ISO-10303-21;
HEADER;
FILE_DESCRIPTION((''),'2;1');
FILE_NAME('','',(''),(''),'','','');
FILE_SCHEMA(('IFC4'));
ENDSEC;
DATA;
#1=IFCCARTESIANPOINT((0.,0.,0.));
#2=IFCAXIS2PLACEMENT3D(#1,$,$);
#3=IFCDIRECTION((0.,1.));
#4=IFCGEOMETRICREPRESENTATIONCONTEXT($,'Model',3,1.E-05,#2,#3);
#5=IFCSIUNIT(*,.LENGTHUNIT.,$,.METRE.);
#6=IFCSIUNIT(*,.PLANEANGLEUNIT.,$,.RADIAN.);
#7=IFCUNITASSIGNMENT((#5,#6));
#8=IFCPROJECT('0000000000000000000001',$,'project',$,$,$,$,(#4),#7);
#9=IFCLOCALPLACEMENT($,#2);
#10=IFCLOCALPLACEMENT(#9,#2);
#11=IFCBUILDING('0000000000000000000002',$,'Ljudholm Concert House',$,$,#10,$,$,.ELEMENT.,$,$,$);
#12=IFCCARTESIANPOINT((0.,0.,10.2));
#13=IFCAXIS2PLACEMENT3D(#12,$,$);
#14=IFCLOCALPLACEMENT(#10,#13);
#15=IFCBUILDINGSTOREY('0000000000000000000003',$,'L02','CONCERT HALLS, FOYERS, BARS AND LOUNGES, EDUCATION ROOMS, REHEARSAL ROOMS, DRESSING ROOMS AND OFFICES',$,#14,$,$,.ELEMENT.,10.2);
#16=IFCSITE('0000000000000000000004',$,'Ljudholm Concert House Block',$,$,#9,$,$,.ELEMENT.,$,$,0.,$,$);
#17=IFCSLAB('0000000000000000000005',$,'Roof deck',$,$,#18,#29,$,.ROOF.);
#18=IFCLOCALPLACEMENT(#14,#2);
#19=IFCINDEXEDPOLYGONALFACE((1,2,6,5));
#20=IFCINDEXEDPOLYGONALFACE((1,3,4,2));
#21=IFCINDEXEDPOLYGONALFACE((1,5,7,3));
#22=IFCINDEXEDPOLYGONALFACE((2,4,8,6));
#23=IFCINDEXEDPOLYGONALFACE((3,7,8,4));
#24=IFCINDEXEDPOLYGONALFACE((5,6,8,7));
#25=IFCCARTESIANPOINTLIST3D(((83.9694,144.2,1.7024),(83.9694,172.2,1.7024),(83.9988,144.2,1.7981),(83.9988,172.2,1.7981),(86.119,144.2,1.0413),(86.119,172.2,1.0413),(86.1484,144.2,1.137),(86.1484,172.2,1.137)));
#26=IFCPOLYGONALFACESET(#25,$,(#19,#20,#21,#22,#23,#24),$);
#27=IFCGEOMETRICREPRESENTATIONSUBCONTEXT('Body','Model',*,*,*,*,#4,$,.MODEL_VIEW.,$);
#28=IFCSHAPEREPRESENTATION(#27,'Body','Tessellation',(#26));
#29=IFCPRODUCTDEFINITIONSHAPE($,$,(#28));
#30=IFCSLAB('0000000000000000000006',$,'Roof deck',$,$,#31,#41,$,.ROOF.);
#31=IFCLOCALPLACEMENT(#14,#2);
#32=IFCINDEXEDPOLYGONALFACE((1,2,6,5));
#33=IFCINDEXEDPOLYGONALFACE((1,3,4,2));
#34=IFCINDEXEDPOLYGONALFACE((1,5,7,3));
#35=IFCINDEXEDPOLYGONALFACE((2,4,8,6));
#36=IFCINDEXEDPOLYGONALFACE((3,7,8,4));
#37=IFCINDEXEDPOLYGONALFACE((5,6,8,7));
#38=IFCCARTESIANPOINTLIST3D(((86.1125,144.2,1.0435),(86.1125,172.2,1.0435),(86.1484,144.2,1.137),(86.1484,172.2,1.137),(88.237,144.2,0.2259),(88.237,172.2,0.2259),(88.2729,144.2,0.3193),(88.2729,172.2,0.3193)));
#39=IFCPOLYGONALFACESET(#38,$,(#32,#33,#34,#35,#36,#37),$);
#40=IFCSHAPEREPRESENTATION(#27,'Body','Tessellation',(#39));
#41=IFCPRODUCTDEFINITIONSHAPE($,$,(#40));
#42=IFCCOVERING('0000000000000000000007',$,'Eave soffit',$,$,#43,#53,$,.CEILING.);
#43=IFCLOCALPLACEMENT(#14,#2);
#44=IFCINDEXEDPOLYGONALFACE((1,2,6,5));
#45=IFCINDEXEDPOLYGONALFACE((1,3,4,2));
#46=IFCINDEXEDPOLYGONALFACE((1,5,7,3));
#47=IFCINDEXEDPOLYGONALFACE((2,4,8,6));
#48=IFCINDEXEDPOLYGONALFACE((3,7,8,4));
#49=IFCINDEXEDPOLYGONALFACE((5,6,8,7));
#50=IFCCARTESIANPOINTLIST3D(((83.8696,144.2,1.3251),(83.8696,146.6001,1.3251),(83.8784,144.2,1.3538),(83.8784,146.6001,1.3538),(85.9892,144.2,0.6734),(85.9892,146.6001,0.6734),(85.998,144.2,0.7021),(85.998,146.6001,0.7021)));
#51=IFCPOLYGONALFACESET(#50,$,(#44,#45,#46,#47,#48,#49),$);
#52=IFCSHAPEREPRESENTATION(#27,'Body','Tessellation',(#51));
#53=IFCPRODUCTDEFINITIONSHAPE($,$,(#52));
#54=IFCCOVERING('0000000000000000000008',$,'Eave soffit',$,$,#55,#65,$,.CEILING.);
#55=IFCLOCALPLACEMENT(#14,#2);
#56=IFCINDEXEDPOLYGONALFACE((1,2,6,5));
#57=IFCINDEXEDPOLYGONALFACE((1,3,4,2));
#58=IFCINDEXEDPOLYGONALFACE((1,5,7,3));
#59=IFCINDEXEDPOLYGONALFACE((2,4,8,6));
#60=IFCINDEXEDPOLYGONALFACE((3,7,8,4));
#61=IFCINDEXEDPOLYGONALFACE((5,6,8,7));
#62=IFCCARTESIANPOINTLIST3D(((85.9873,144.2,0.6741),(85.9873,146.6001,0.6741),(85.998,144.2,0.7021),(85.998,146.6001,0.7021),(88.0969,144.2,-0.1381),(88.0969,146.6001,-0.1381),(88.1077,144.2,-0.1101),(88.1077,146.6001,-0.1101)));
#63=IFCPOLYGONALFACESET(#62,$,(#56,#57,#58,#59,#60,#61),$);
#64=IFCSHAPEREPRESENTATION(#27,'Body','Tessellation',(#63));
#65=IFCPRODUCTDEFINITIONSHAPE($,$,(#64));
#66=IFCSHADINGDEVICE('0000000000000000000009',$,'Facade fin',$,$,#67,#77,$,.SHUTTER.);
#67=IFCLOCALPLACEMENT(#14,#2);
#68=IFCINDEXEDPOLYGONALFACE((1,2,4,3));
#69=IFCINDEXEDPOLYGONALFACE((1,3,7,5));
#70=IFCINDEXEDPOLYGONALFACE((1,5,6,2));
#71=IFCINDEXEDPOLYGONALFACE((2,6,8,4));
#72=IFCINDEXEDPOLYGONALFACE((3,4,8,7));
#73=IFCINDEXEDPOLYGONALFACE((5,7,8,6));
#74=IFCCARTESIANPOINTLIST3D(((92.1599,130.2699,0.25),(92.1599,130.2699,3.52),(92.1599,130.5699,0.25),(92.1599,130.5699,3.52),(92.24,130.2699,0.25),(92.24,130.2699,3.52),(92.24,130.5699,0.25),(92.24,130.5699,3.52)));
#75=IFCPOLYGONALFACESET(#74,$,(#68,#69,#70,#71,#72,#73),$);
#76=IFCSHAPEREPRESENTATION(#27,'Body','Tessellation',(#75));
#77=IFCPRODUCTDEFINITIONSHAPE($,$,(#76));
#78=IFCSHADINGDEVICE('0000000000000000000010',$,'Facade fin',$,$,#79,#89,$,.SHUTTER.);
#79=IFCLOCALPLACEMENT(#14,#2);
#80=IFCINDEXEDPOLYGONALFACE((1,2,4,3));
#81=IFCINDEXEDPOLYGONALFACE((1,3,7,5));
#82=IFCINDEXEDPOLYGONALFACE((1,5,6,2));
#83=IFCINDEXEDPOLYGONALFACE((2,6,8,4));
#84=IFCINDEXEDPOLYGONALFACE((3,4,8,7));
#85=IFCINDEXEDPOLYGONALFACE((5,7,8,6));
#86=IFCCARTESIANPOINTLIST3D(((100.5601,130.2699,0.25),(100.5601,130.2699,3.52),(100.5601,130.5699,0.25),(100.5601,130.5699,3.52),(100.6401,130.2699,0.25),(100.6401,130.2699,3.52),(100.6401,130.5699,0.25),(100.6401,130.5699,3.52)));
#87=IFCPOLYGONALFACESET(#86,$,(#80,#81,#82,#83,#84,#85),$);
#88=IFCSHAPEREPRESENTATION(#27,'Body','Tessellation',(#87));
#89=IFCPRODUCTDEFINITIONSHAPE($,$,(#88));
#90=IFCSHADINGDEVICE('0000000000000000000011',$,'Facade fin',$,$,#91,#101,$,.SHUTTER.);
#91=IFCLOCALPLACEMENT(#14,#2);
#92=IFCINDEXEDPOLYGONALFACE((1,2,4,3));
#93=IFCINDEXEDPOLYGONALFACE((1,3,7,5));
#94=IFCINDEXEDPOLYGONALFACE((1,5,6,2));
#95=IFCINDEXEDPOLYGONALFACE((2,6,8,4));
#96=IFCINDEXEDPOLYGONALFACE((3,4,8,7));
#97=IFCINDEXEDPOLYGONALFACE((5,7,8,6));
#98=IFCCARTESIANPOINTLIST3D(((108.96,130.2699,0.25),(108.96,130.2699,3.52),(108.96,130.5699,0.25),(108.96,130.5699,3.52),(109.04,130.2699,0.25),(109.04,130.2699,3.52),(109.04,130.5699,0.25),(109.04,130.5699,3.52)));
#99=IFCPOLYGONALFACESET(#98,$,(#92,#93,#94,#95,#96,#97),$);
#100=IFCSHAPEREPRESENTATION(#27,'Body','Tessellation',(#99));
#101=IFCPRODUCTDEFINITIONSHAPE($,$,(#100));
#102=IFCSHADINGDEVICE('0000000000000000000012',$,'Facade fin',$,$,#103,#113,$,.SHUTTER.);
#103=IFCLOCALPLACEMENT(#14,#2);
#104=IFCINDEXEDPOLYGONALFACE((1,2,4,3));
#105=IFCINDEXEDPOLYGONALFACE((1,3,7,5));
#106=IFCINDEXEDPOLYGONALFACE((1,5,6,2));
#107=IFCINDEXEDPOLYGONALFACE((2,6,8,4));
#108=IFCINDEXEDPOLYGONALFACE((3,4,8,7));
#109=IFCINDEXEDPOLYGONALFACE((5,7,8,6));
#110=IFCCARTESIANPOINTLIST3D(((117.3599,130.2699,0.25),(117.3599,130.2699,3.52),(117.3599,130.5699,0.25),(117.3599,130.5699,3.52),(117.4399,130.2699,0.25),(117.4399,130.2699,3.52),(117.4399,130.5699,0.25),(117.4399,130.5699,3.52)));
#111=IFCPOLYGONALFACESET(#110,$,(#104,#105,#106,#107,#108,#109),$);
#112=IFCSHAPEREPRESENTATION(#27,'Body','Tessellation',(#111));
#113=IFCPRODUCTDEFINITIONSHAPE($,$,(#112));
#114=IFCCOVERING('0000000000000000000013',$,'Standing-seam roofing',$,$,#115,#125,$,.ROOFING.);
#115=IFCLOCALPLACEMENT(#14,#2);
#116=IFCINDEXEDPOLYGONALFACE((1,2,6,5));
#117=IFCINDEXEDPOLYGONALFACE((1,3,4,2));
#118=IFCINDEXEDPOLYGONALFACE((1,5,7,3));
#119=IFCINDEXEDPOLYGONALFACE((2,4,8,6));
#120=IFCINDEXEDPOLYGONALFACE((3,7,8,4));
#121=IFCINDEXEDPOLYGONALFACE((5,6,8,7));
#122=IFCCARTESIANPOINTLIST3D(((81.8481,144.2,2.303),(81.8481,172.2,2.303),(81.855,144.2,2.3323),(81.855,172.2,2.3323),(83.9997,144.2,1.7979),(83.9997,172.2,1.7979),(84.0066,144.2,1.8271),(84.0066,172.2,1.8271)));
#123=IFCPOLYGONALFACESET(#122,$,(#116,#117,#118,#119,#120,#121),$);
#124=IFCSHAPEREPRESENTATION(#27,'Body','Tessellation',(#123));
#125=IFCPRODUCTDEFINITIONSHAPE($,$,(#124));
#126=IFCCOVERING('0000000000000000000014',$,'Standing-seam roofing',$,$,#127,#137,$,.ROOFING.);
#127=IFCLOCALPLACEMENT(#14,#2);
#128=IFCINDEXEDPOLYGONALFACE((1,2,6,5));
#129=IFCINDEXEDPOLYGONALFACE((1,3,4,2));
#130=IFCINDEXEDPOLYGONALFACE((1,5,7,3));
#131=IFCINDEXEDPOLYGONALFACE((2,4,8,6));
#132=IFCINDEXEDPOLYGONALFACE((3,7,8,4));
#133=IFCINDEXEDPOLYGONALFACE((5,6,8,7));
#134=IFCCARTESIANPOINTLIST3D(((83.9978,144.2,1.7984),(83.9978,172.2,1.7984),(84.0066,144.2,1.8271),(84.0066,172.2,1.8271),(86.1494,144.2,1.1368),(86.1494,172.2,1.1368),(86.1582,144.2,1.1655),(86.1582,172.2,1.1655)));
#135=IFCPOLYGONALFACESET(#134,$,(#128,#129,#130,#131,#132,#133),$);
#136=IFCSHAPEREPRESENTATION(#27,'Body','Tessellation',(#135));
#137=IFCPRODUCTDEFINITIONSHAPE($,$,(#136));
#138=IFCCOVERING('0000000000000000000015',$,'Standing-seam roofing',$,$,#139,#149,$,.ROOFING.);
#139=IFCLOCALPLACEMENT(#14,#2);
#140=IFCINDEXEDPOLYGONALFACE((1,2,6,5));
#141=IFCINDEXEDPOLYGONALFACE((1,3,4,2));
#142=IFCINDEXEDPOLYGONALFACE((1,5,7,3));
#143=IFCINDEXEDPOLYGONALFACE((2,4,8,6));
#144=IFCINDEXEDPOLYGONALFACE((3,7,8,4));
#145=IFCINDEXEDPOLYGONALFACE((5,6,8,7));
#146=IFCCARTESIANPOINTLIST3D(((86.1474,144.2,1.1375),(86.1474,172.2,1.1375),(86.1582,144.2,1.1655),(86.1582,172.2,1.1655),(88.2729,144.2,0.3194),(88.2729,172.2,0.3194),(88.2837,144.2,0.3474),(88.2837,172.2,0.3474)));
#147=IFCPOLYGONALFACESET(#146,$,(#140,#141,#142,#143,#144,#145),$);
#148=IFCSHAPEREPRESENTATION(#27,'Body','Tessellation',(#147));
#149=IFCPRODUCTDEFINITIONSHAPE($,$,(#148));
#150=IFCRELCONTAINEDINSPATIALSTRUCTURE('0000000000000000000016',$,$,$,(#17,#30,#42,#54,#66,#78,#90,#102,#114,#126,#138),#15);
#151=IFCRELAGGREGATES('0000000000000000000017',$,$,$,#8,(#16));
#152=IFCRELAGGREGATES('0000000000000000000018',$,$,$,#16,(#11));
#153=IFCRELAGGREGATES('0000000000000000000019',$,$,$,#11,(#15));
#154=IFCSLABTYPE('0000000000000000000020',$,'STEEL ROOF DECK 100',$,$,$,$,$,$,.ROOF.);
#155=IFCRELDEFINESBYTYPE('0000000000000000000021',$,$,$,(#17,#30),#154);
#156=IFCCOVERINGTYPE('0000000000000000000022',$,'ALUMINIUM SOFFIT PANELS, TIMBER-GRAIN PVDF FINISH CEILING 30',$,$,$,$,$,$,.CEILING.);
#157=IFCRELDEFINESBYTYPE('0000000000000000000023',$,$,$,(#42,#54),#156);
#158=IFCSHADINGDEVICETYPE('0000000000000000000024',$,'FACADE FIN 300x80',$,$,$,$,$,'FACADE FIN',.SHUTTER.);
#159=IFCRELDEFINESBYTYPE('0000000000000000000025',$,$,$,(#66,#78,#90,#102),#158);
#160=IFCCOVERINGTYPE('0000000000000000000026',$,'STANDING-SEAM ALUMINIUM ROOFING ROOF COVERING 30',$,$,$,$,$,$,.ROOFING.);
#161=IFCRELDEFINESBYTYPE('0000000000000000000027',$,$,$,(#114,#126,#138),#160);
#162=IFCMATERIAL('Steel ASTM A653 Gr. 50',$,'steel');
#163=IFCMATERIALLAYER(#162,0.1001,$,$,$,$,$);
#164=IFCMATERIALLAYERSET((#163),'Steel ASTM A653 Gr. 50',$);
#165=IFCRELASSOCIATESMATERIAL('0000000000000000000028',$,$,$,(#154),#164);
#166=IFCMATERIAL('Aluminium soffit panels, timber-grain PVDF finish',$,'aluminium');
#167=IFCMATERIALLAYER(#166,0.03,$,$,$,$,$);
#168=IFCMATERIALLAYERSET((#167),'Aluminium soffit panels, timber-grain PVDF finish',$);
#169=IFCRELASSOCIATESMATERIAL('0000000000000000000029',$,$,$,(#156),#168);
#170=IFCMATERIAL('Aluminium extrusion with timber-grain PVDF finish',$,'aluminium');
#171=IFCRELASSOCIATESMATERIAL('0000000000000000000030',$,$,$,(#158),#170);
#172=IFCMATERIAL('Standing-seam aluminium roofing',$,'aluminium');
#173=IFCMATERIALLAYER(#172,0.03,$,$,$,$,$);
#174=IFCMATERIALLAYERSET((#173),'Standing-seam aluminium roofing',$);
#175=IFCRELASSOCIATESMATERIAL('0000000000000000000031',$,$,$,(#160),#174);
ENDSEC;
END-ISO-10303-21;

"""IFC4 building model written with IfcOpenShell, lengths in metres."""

from ifc_helpers import new_model, si_unit, direction, frame, origin, origin_2d, place, context, subcontext, project, spatial, polyline, rectangle, outline, extrude, material, layer, layer_set, type_object, element, save


model = new_model("IFC4")

# Units and contexts
model_context = context("Model", 3, precision=1e-05, world=origin(), true_north=direction((0.0, 1.0)))
body_context = subcontext(model_context, "Body", "Model", "MODEL_VIEW")
ifc_project = project(units=[si_unit("LENGTHUNIT", "METRE"), si_unit("PLANEANGLEUNIT", "RADIAN")], contexts=[model_context])

# Site, building, storey
site_placement = place(None, origin())
site = spatial("IfcSite", under=ifc_project, at=site_placement, Name="Ljudholm Concert House Block", CompositionType="ELEMENT", RefElevation=0.0)
building_placement = place(site_placement, origin())
building = spatial("IfcBuilding", under=site, at=building_placement, Name="Ljudholm Concert House", CompositionType="ELEMENT")
storey_placement = place(building_placement, frame((0.0, 0.0, 10.2)))
storey = spatial("IfcBuildingStorey", under=building, at=storey_placement, Name="L02", Description="CONCERT HALLS, FOYERS, BARS AND LOUNGES, EDUCATION ROOMS, REHEARSAL ROOMS, DRESSING ROOMS AND OFFICES", CompositionType="ELEMENT", Elevation=10.2)

# Slabs
ifc_material_1 = material(Name="Steel ASTM A653 Gr. 50", Category="steel")
ifc_layer_1 = layer(ifc_material_1, 0.1001)
ifc_layer_set_1 = layer_set([ifc_layer_1], Name="Steel ASTM A653 Gr. 50")
slab_type = type_object("IfcSlabType", Name="STEEL ROOF DECK 100", PredefinedType="ROOF", material=ifc_layer_set_1)
slab_1_placement = place(storey_placement, frame((83.9988, 144.2, 1.7981), z_axis=(0.293964, 0.0, 0.955817), x_axis=(0.955817, 0.0, -0.293964)))
element("IfcSlab", 1, at=slab_1_placement, inside=storey, type_object=slab_type, Name="Roof deck", PredefinedType="ROOF", context=body_context, shape_type="SweptSolid", body=[
    extrude(outline(polyline([(0.0, 0.0), (2.249, 0.0), (2.249, 28.0), (0.0, 28.0), (0.0, 0.0)])), origin(), (0.0, 0.0, -1.0), 0.1001),
])
slab_2_placement = place(storey_placement, frame((86.1484, 144.2, 1.137), z_axis=(0.359173, 0.0, 0.933271), x_axis=(0.933271, 0.0, -0.359173)))
element("IfcSlab", 2, at=slab_2_placement, inside=storey, type_object=slab_type, Name="Roof deck", PredefinedType="ROOF", context=body_context, shape_type="SweptSolid", body=[
    extrude(outline(polyline([(0.0, 0.0), (2.2764, 0.0), (2.2764, 28.0), (0.0, 28.0), (0.0, 0.0)])), origin(), (0.0, 0.0, -1.0), 0.1001),
])

# Coverings
ifc_material_2 = material(Name="Aluminium soffit panels, timber-grain PVDF finish", Category="aluminium")
ifc_layer_2 = layer(ifc_material_2, 0.03)
ifc_layer_set_2 = layer_set([ifc_layer_2], Name="Aluminium soffit panels, timber-grain PVDF finish")
covering_type_1 = type_object("IfcCoveringType", Name="ALUMINIUM SOFFIT PANELS, TIMBER-GRAIN PVDF FINISH CEILING 30", PredefinedType="CEILING", material=ifc_layer_set_2)
covering_1_placement = place(storey_placement, frame((83.8784, 144.2, 1.3538), z_axis=(0.293846, 0.0, 0.955853), x_axis=(0.955853, 0.0, -0.293846)))
element("IfcCovering", 3, at=covering_1_placement, inside=storey, type_object=covering_type_1, Name="Eave soffit", PredefinedType="CEILING", context=body_context, shape_type="SweptSolid", body=[
    extrude(outline(polyline([(0.0, 0.0), (2.2175, 0.0), (2.2175, 2.4001), (0.0, 2.4001), (0.0, 0.0)])), origin(), (0.0, 0.0, -1.0), 0.03),
])
covering_2_placement = place(storey_placement, frame((85.998, 144.2, 0.7021), z_axis=(0.359312, 0.0, 0.933218), x_axis=(0.933218, 0.0, -0.359312)))
element("IfcCovering", 4, at=covering_2_placement, inside=storey, type_object=covering_type_1, Name="Eave soffit", PredefinedType="CEILING", context=body_context, shape_type="SweptSolid", body=[
    extrude(outline(polyline([(0.0, 0.0), (2.2606, 0.0), (2.2606, 2.4001), (0.0, 2.4001), (0.0, 0.0)])), origin(), (0.0, 0.0, -1.0), 0.03),
])

# Shading devices
ifc_material_3 = material(Name="Aluminium extrusion with timber-grain PVDF finish", Category="aluminium")
shading_device_type = type_object("IfcShadingDeviceType", Name="FACADE FIN 300x80", ElementType="FACADE FIN", PredefinedType="SHUTTER", material=ifc_material_3)
for number, where, z_axis, x_axis, name in (
    (5, (92.2, 130.4199, 0.25), (0.0, 0.0, 1.0), (0.0, 1.0, 0.0), "Facade fin"),
    (6, (100.6001, 130.4199, 0.25), (0.0, 0.0, 1.0), (0.0, 1.0, 0.0), "Facade fin"),
    (7, (109.0, 130.4199, 0.25), (0.0, 0.0, 1.0), (0.0, 1.0, 0.0), "Facade fin"),
    (8, (117.3999, 130.4199, 0.25), (0.0, 0.0, 1.0), (0.0, 1.0, 0.0), "Facade fin"),
):
    element("IfcShadingDevice", number, at=place(storey_placement, frame(where, z_axis=z_axis, x_axis=x_axis)), inside=storey, type_object=shading_device_type, Name=name, PredefinedType="SHUTTER", context=body_context, shape_type="SweptSolid", body=[
        extrude(rectangle(XDim=0.3, YDim=0.0801, at=origin_2d()), origin(), (0.0, 0.0, 1.0), 3.27),
    ])

# Coverings
ifc_material_4 = material(Name="Standing-seam aluminium roofing", Category="aluminium")
ifc_layer_3 = layer(ifc_material_4, 0.03)
ifc_layer_set_3 = layer_set([ifc_layer_3], Name="Standing-seam aluminium roofing")
covering_type_2 = type_object("IfcCoveringType", Name="STANDING-SEAM ALUMINIUM ROOFING ROOF COVERING 30", PredefinedType="ROOFING", material=ifc_layer_set_3)
covering_3_placement = place(storey_placement, frame((81.855, 144.2, 2.3323), z_axis=(0.228553, 0.0, 0.973531), x_axis=(0.973531, 0.0, -0.228553)))
element("IfcCovering", 9, at=covering_3_placement, inside=storey, type_object=covering_type_2, Name="Standing-seam roofing", PredefinedType="ROOFING", context=body_context, shape_type="SweptSolid", body=[
    extrude(outline(polyline([(0.0, 0.0), (2.2101, 0.0), (2.2101, 28.0), (0.0, 28.0), (0.0, 0.0)])), origin(), (0.0, 0.0, -1.0), 0.03),
])
covering_4_placement = place(storey_placement, frame((84.0066, 144.2, 1.8271), z_axis=(0.293918, 0.0, 0.955831), x_axis=(0.955831, 0.0, -0.293918)))
element("IfcCovering", 10, at=covering_4_placement, inside=storey, type_object=covering_type_2, Name="Standing-seam roofing", PredefinedType="ROOFING", context=body_context, shape_type="SweptSolid", body=[
    extrude(outline(polyline([(0.0, 0.0), (2.251, 0.0), (2.251, 28.0), (0.0, 28.0), (0.0, 0.0)])), origin(), (0.0, 0.0, -1.0), 0.03),
])
covering_5_placement = place(storey_placement, frame((86.1582, 144.2, 1.1655), z_axis=(0.359216, 0.0, 0.933254), x_axis=(0.933254, 0.0, -0.359216)))
element("IfcCovering", 11, at=covering_5_placement, inside=storey, type_object=covering_type_2, Name="Standing-seam roofing", PredefinedType="ROOFING", context=body_context, shape_type="SweptSolid", body=[
    extrude(outline(polyline([(0.0, 0.0), (2.2775, 0.0), (2.2775, 28.0), (0.0, 28.0), (0.0, 0.0)])), origin(), (0.0, 0.0, -1.0), 0.03),
])

save(model, "model.ifc")
